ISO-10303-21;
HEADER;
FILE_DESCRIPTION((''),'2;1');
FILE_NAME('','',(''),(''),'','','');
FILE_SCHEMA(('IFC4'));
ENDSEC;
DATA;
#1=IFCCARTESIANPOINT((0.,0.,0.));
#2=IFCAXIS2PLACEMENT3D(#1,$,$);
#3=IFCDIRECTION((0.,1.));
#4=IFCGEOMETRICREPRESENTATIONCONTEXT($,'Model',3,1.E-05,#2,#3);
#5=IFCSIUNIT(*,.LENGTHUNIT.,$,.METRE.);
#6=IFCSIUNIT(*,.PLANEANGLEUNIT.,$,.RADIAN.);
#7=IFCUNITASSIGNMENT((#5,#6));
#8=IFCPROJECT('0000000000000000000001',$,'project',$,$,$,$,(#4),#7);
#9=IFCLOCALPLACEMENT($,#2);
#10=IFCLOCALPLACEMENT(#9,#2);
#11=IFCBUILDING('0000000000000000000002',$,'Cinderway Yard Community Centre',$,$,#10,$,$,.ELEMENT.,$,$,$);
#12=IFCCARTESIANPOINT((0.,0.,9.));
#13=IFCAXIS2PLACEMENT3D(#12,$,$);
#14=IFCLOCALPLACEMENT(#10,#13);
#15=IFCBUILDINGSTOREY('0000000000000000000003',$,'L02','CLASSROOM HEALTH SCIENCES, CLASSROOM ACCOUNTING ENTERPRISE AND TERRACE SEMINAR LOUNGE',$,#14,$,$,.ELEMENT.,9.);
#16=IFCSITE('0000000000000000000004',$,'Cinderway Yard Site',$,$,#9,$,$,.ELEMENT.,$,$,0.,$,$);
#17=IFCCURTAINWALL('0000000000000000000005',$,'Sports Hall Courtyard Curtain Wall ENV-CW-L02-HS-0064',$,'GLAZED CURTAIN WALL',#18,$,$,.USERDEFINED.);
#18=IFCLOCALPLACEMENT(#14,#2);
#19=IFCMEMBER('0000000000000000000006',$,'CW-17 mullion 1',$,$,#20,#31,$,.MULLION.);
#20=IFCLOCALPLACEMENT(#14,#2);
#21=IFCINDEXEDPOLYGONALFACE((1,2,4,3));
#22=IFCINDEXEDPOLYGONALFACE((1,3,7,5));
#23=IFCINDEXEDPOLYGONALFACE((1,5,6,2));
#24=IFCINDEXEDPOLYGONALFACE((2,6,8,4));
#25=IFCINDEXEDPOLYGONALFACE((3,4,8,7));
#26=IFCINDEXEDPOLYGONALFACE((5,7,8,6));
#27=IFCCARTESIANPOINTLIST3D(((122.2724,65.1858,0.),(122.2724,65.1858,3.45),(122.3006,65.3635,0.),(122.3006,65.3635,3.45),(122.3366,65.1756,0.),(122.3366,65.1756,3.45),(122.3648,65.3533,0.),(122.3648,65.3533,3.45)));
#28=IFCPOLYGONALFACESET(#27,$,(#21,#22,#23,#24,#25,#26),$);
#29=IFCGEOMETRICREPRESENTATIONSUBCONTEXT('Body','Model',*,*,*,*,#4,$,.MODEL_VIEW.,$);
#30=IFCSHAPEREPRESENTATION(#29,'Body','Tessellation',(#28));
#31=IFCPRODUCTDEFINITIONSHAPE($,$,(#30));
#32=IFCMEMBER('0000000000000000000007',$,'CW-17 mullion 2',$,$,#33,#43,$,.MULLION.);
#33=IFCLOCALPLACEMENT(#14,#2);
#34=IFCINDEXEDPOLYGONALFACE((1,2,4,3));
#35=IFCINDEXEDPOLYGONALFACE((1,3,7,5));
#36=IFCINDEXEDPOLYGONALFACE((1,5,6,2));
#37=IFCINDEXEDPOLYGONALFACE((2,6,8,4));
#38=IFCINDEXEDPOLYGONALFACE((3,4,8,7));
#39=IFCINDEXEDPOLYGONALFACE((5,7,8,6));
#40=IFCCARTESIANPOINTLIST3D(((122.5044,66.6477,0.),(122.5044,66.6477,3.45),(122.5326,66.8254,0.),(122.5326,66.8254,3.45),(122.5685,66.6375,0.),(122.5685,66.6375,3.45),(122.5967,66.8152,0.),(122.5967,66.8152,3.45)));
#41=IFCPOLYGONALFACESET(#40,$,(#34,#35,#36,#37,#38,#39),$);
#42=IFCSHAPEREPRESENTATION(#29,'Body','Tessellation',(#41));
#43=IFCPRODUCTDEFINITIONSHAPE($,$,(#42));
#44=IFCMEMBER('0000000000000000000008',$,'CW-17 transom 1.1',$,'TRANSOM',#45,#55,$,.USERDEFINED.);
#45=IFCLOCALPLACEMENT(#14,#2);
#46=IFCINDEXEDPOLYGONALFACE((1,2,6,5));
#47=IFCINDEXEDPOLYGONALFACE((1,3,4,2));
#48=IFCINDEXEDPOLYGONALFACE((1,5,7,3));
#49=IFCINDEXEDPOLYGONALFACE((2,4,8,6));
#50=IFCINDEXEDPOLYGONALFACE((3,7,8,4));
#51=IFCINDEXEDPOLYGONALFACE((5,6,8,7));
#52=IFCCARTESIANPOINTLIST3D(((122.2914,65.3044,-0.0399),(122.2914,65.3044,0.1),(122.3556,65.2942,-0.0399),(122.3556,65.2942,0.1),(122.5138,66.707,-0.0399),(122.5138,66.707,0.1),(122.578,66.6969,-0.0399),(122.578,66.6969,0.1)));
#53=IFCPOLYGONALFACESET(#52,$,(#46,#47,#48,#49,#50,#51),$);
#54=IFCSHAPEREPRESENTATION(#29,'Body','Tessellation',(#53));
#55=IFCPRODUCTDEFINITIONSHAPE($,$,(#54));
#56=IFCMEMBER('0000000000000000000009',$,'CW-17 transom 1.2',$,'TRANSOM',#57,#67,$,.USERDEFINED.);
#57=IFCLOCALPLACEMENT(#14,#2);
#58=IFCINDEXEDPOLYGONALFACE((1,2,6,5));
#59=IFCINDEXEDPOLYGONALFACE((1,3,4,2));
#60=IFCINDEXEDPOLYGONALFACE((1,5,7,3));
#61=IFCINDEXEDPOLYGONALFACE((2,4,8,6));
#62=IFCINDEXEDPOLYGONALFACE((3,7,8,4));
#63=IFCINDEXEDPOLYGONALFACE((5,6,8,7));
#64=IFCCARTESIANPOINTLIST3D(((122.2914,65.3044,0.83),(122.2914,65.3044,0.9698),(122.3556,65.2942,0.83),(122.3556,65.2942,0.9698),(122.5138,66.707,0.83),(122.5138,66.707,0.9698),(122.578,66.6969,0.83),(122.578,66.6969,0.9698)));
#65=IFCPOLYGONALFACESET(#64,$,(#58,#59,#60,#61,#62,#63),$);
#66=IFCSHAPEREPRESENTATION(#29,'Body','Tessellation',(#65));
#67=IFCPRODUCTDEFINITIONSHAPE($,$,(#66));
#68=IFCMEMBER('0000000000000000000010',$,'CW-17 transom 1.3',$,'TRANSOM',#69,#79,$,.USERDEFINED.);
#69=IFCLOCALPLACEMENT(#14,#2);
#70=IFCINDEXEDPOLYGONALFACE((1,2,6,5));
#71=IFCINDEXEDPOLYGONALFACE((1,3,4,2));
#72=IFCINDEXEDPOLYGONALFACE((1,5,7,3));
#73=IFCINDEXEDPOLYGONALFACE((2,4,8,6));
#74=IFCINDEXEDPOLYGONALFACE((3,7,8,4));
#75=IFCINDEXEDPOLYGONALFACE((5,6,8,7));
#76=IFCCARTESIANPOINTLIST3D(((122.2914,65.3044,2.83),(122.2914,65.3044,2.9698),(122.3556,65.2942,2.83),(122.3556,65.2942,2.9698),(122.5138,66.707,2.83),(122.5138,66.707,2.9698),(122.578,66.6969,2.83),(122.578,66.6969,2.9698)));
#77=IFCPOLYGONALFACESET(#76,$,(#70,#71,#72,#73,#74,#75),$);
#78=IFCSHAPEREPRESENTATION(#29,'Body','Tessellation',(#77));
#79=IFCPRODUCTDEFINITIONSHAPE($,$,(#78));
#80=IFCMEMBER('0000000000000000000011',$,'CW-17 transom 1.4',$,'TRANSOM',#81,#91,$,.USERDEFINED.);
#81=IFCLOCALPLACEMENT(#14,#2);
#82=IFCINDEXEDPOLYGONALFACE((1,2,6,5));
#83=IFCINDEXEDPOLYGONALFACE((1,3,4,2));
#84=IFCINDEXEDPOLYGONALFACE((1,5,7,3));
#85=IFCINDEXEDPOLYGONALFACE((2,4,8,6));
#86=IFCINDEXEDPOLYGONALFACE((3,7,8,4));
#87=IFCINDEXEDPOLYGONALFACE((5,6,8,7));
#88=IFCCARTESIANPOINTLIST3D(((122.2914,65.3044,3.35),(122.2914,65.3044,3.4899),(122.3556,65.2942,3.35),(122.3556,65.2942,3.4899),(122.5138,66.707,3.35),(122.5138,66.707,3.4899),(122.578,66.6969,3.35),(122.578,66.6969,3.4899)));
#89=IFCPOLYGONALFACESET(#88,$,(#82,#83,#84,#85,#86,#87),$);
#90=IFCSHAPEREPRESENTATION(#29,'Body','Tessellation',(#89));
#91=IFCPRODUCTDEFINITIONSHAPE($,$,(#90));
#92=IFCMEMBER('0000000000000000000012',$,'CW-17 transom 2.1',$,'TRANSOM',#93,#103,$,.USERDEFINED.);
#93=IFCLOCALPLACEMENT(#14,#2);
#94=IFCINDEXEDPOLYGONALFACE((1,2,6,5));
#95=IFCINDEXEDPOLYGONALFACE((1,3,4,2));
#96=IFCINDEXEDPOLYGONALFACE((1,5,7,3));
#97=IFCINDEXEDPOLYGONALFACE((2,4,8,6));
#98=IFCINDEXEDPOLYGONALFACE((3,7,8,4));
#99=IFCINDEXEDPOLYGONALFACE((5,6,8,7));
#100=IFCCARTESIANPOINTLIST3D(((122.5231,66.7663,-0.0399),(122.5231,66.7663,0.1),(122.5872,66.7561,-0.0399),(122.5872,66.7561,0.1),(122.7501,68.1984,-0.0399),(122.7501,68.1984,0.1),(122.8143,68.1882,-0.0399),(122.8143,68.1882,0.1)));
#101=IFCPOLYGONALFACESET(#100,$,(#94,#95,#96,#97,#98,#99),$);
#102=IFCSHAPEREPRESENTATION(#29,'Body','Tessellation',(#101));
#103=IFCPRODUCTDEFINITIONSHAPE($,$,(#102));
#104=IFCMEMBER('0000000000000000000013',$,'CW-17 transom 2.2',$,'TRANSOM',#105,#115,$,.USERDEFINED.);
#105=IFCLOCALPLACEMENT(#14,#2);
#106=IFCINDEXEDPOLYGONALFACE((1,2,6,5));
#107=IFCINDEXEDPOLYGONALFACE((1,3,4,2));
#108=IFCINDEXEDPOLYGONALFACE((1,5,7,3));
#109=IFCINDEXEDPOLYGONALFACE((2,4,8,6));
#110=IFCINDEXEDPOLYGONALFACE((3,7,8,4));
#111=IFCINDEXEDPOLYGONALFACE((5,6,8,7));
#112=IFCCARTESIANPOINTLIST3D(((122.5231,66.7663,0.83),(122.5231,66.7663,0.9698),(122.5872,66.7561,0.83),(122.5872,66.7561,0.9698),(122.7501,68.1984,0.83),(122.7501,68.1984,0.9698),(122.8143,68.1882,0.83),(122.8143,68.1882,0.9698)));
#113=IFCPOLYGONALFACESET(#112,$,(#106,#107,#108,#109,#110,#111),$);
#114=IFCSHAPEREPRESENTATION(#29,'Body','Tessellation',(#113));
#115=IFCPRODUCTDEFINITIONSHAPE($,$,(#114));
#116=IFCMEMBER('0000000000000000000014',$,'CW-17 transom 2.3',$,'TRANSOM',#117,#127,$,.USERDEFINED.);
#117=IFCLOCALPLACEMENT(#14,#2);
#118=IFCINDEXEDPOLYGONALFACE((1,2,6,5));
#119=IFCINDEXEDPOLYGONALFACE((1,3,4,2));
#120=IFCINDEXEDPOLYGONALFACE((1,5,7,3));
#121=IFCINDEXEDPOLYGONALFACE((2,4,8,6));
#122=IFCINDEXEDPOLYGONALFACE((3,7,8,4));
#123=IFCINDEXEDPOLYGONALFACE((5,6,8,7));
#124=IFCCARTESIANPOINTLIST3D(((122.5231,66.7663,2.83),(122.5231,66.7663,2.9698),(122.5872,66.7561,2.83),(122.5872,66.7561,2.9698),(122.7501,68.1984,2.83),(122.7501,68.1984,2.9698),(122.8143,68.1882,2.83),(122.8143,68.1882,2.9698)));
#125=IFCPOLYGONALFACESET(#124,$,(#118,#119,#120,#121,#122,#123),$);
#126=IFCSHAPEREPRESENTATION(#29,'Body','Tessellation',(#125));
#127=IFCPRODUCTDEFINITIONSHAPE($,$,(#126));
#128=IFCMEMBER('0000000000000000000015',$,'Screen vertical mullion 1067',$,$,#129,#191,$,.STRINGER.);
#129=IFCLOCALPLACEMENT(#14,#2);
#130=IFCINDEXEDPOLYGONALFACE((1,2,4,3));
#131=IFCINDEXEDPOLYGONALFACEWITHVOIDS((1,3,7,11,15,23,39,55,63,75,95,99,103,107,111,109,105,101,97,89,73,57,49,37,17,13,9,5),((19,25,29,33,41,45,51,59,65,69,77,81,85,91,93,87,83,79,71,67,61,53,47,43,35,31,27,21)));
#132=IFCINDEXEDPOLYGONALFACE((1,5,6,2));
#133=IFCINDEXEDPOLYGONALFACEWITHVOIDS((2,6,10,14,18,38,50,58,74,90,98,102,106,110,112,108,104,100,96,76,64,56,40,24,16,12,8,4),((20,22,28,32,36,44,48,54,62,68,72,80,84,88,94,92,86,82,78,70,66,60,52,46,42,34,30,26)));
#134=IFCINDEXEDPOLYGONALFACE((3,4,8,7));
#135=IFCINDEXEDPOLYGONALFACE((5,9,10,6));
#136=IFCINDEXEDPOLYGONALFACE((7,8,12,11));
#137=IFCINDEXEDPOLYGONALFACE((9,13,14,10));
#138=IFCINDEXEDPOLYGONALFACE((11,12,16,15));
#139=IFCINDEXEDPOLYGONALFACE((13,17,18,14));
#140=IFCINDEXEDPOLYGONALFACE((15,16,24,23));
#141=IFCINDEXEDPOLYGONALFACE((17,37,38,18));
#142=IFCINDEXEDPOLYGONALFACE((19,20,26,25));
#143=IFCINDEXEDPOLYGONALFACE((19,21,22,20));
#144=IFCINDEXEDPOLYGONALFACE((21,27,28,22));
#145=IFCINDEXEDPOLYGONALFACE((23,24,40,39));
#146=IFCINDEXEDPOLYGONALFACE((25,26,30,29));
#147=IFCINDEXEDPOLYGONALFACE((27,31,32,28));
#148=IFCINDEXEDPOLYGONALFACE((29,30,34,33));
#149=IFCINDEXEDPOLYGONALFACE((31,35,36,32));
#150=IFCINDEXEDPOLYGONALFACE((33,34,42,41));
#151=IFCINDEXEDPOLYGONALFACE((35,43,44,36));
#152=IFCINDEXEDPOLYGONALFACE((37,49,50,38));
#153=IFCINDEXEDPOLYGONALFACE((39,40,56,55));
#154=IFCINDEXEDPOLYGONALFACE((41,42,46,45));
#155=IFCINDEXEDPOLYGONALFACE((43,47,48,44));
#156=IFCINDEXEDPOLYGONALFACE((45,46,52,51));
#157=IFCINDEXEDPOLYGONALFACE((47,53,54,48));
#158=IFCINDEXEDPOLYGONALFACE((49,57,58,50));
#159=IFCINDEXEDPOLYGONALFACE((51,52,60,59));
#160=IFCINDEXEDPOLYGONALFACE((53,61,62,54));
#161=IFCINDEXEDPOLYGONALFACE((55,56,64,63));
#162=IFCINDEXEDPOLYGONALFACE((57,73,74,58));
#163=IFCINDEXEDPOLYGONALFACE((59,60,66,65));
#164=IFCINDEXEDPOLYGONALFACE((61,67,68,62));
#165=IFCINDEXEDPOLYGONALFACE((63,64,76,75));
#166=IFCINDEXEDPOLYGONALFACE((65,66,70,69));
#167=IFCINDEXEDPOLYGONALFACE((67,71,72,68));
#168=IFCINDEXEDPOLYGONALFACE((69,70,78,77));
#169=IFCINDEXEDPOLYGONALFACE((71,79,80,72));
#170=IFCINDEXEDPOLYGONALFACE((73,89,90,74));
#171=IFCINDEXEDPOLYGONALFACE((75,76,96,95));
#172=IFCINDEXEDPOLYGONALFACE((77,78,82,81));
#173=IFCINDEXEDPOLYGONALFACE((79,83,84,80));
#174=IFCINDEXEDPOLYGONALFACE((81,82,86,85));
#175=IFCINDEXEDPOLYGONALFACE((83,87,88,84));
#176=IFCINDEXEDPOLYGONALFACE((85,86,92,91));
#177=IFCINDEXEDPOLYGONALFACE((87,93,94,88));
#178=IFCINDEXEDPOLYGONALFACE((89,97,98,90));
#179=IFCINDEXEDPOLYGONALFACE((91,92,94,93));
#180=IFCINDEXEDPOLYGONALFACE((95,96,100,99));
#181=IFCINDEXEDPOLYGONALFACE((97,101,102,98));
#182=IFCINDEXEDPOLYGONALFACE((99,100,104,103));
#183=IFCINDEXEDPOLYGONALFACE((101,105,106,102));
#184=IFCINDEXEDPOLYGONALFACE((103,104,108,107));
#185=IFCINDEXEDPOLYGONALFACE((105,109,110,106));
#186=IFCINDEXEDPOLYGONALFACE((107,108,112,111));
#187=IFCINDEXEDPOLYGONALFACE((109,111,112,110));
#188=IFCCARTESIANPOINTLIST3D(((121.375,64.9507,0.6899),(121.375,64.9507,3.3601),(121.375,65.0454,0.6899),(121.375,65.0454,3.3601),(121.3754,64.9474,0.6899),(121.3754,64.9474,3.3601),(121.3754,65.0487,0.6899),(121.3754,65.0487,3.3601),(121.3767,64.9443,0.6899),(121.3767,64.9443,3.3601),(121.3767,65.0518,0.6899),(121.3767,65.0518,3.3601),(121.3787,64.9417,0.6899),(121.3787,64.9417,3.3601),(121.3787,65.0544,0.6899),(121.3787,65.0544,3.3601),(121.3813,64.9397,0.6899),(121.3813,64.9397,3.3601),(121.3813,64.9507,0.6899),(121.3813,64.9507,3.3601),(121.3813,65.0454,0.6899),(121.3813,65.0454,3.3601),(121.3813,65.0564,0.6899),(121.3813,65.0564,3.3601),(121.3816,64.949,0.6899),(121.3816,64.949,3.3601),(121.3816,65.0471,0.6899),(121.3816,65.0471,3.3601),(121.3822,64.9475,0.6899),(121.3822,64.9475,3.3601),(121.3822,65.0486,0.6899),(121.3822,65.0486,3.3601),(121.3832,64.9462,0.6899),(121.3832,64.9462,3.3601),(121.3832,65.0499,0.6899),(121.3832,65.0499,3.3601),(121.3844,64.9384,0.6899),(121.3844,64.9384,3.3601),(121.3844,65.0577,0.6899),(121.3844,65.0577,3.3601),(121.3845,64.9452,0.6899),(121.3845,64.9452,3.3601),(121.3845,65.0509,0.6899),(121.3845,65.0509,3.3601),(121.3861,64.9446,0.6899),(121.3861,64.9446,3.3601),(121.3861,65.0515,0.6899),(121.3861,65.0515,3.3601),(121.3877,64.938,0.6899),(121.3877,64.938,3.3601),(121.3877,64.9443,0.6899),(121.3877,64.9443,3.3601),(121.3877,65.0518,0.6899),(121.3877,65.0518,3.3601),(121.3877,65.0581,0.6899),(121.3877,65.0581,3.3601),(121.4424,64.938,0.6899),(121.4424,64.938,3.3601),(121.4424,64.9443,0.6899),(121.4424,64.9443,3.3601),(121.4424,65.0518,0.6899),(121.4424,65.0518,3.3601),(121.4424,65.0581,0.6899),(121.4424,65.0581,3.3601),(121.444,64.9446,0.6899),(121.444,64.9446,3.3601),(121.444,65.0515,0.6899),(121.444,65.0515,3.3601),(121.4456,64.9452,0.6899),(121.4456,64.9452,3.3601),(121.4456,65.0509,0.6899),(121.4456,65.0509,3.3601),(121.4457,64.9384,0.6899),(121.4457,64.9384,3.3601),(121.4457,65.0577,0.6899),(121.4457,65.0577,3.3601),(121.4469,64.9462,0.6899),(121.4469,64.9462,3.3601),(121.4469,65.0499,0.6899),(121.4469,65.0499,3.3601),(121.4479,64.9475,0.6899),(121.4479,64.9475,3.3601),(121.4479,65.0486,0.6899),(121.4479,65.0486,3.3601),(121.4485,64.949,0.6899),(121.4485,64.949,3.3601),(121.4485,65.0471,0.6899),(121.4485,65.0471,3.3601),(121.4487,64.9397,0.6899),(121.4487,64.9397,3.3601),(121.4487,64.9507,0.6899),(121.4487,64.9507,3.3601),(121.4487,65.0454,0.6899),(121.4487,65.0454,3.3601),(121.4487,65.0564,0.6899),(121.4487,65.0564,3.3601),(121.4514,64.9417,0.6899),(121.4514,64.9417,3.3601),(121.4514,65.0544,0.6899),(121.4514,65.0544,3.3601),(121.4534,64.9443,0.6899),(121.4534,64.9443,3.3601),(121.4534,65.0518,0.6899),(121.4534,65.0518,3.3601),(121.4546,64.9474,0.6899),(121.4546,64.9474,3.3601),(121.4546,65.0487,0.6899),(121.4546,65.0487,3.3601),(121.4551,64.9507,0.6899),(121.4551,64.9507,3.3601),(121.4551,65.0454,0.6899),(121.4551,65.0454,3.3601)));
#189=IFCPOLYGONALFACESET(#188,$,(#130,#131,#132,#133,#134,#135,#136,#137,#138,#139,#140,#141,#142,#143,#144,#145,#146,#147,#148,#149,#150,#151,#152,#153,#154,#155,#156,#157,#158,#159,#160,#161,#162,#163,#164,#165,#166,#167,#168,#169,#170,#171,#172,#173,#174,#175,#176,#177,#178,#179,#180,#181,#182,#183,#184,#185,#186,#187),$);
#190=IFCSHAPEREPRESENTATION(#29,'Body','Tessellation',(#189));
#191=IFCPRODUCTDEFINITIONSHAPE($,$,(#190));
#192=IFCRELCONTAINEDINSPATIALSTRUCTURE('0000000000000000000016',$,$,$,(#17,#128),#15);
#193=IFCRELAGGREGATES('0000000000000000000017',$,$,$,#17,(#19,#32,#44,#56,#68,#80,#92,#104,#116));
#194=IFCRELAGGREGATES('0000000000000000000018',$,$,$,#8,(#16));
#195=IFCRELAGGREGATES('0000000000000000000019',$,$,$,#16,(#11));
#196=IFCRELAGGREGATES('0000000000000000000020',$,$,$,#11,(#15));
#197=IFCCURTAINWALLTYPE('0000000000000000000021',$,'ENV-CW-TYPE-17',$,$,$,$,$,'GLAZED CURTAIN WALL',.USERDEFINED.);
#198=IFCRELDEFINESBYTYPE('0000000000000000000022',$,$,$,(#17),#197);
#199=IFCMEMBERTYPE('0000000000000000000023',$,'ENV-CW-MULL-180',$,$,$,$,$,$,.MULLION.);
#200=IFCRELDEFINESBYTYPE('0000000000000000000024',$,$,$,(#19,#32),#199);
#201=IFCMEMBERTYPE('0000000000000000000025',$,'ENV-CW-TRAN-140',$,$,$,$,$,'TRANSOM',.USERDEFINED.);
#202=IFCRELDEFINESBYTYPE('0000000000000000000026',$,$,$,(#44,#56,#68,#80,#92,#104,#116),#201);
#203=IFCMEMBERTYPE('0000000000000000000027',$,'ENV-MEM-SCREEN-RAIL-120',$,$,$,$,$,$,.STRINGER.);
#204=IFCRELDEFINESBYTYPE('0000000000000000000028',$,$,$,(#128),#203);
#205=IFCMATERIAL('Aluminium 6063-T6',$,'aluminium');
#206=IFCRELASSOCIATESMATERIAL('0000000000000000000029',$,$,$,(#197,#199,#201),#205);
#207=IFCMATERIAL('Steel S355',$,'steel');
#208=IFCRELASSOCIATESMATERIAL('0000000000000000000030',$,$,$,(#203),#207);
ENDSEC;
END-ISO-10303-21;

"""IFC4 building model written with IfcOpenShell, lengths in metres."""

from ifc_helpers import new_model, si_unit, direction, frame, origin, origin_2d, place, context, subcontext, project, spatial, rectangle, hollow_rectangle, extrude, material, material_profile, profile_set, type_object, element, aggregate, save


model = new_model("IFC4")

# Units and contexts
model_context = context("Model", 3, precision=1e-05, world=origin(), true_north=direction((0.0, 1.0)))
body_context = subcontext(model_context, "Body", "Model", "MODEL_VIEW")
ifc_project = project(units=[si_unit("LENGTHUNIT", "METRE"), si_unit("PLANEANGLEUNIT", "RADIAN")], contexts=[model_context])

# Site, building, storey
site_placement = place(None, origin())
site = spatial("IfcSite", under=ifc_project, at=site_placement, Name="Cinderway Yard Site", CompositionType="ELEMENT", RefElevation=0.0)
building_placement = place(site_placement, origin())
building = spatial("IfcBuilding", under=site, at=building_placement, Name="Cinderway Yard Community Centre", CompositionType="ELEMENT")
storey_placement = place(building_placement, frame((0.0, 0.0, 9.0)))
storey = spatial("IfcBuildingStorey", under=building, at=storey_placement, Name="L02", Description="CLASSROOM HEALTH SCIENCES, CLASSROOM ACCOUNTING ENTERPRISE AND TERRACE SEMINAR LOUNGE", CompositionType="ELEMENT", Elevation=9.0)

# Curtain wall, members
ifc_material_1 = material(Name="Aluminium 6063-T6", Category="aluminium")
curtain_wall_type = type_object("IfcCurtainWallType", Name="ENV-CW-TYPE-17", ElementType="GLAZED CURTAIN WALL", PredefinedType="USERDEFINED", material=ifc_material_1)
curtain_wall_placement = place(storey_placement, origin())
curtain_wall = element("IfcCurtainWall", 1, at=curtain_wall_placement, inside=storey, type_object=curtain_wall_type, Name="Sports Hall Courtyard Curtain Wall ENV-CW-L02-HS-0064", ObjectType="GLAZED CURTAIN WALL", PredefinedType="USERDEFINED")
ifc_material_profile_1 = material_profile(ifc_material_1, rectangle(XDim=0.0649, YDim=0.1799, at=origin_2d()), Name="Aluminium 6063-T6")
ifc_profile_set_1 = profile_set([ifc_material_profile_1], Name="Aluminium 6063-T6")
member_type_1 = type_object("IfcMemberType", Name="ENV-CW-MULL-180", PredefinedType="MULLION", material=ifc_profile_set_1)
member_1_placement = place(storey_placement, frame((122.3186, 65.2695, 0.0), z_axis=(0.0, 0.0, 1.0), x_axis=(-0.987661, 0.156609, 0.0)))
member_1 = element("IfcMember", 2, at=member_1_placement, type_object=member_type_1, Name="CW-17 mullion 1", PredefinedType="MULLION", context=body_context, shape_type="SweptSolid", body=[
    extrude(rectangle(XDim=0.0649, YDim=0.1799, at=origin_2d()), origin(), (0.0, 0.0, 1.0), 3.45),
])
member_2_placement = place(storey_placement, frame((122.5505, 66.7314, 0.0), z_axis=(0.0, 0.0, 1.0), x_axis=(-0.987661, 0.156609, 0.0)))
member_2 = element("IfcMember", 3, at=member_2_placement, type_object=member_type_1, Name="CW-17 mullion 2", PredefinedType="MULLION", context=body_context, shape_type="SweptSolid", body=[
    extrude(rectangle(XDim=0.0649, YDim=0.1799, at=origin_2d()), origin(), (0.0, 0.0, 1.0), 3.45),
])
ifc_material_profile_2 = material_profile(ifc_material_1, rectangle(XDim=0.0649, YDim=0.1399, at=origin_2d()), Name="Aluminium 6063-T6")
ifc_profile_set_2 = profile_set([ifc_material_profile_2], Name="Aluminium 6063-T6")
member_type_2 = type_object("IfcMemberType", Name="ENV-CW-TRAN-140", ElementType="TRANSOM", PredefinedType="USERDEFINED", material=ifc_profile_set_2)
member_3_placement = place(storey_placement, frame((122.3235, 65.2993, 0.03), z_axis=(0.156616, 0.98766, 0.0), x_axis=(-0.98766, 0.156616, 0.0)))
member_3 = element("IfcMember", 4, at=member_3_placement, type_object=member_type_2, Name="CW-17 transom 1.1", ObjectType="TRANSOM", PredefinedType="USERDEFINED", context=body_context, shape_type="SweptSolid", body=[
    extrude(rectangle(XDim=0.0649, YDim=0.1399, at=origin_2d()), origin(), (0.0, 0.0, 1.0), 1.4202),
])
member_4_placement = place(storey_placement, frame((122.3235, 65.2993, 0.8999), z_axis=(0.156616, 0.98766, 0.0), x_axis=(-0.98766, 0.156616, 0.0)))
member_4 = element("IfcMember", 5, at=member_4_placement, type_object=member_type_2, Name="CW-17 transom 1.2", ObjectType="TRANSOM", PredefinedType="USERDEFINED", context=body_context, shape_type="SweptSolid", body=[
    extrude(rectangle(XDim=0.0649, YDim=0.1399, at=origin_2d()), origin(), (0.0, 0.0, 1.0), 1.4202),
])
member_5_placement = place(storey_placement, frame((122.3235, 65.2993, 2.8999), z_axis=(0.156616, 0.98766, 0.0), x_axis=(-0.98766, 0.156616, 0.0)))
member_5 = element("IfcMember", 6, at=member_5_placement, type_object=member_type_2, Name="CW-17 transom 1.3", ObjectType="TRANSOM", PredefinedType="USERDEFINED", context=body_context, shape_type="SweptSolid", body=[
    extrude(rectangle(XDim=0.0649, YDim=0.1399, at=origin_2d()), origin(), (0.0, 0.0, 1.0), 1.4202),
])
member_6_placement = place(storey_placement, frame((122.3235, 65.2993, 3.4199), z_axis=(0.156616, 0.98766, 0.0), x_axis=(-0.98766, 0.156616, 0.0)))
member_6 = element("IfcMember", 7, at=member_6_placement, type_object=member_type_2, Name="CW-17 transom 1.4", ObjectType="TRANSOM", PredefinedType="USERDEFINED", context=body_context, shape_type="SweptSolid", body=[
    extrude(rectangle(XDim=0.0649, YDim=0.1399, at=origin_2d()), origin(), (0.0, 0.0, 1.0), 1.4202),
])
member_7_placement = place(storey_placement, frame((122.5552, 66.7612, 0.03), z_axis=(0.156585, 0.987664, 0.0), x_axis=(-0.987664, 0.156585, 0.0)))
member_7 = element("IfcMember", 8, at=member_7_placement, type_object=member_type_2, Name="CW-17 transom 2.1", ObjectType="TRANSOM", PredefinedType="USERDEFINED", context=body_context, shape_type="SweptSolid", body=[
    extrude(rectangle(XDim=0.0649, YDim=0.1399, at=origin_2d()), origin(), (0.0, 0.0, 1.0), 1.45),
])
member_8_placement = place(storey_placement, frame((122.5552, 66.7612, 0.8999), z_axis=(0.156585, 0.987664, 0.0), x_axis=(-0.987664, 0.156585, 0.0)))
member_8 = element("IfcMember", 9, at=member_8_placement, type_object=member_type_2, Name="CW-17 transom 2.2", ObjectType="TRANSOM", PredefinedType="USERDEFINED", context=body_context, shape_type="SweptSolid", body=[
    extrude(rectangle(XDim=0.0649, YDim=0.1399, at=origin_2d()), origin(), (0.0, 0.0, 1.0), 1.45),
])
member_9_placement = place(storey_placement, frame((122.5552, 66.7612, 2.8999), z_axis=(0.156585, 0.987664, 0.0), x_axis=(-0.987664, 0.156585, 0.0)))
member_9 = element("IfcMember", 10, at=member_9_placement, type_object=member_type_2, Name="CW-17 transom 2.3", ObjectType="TRANSOM", PredefinedType="USERDEFINED", context=body_context, shape_type="SweptSolid", body=[
    extrude(rectangle(XDim=0.0649, YDim=0.1399, at=origin_2d()), origin(), (0.0, 0.0, 1.0), 1.45),
])

# Member
ifc_material_2 = material(Name="Steel S355", Category="steel")
ifc_material_profile_3 = material_profile(ifc_material_2, hollow_rectangle(XDim=0.0801, YDim=0.1201, WallThickness=0.0063, InnerFilletRadius=0.0063, OuterFilletRadius=0.0127, at=origin_2d()), Name="Steel S355")
ifc_profile_set_3 = profile_set([ifc_material_profile_3], Name="Steel S355")
member_type_3 = type_object("IfcMemberType", Name="ENV-MEM-SCREEN-RAIL-120", PredefinedType="STRINGER", material=ifc_profile_set_3)
member_10_placement = place(storey_placement, frame((121.415, 64.998, 0.6899), z_axis=(0.0, 0.0, 1.0), x_axis=(1.0, 0.0, 0.0)))
element("IfcMember", 11, at=member_10_placement, inside=storey, type_object=member_type_3, Name="Screen vertical mullion 1067", PredefinedType="STRINGER", context=body_context, shape_type="SweptSolid", body=[
    extrude(hollow_rectangle(XDim=0.0801, YDim=0.1201, WallThickness=0.0063, InnerFilletRadius=0.0063, OuterFilletRadius=0.0127, at=origin_2d()), origin(), (0.0, 0.0, 1.0), 2.6702),
])

aggregate(curtain_wall, [member_1, member_2, member_3, member_4, member_5, member_6, member_7, member_8, member_9])

save(model, "model.ifc")
